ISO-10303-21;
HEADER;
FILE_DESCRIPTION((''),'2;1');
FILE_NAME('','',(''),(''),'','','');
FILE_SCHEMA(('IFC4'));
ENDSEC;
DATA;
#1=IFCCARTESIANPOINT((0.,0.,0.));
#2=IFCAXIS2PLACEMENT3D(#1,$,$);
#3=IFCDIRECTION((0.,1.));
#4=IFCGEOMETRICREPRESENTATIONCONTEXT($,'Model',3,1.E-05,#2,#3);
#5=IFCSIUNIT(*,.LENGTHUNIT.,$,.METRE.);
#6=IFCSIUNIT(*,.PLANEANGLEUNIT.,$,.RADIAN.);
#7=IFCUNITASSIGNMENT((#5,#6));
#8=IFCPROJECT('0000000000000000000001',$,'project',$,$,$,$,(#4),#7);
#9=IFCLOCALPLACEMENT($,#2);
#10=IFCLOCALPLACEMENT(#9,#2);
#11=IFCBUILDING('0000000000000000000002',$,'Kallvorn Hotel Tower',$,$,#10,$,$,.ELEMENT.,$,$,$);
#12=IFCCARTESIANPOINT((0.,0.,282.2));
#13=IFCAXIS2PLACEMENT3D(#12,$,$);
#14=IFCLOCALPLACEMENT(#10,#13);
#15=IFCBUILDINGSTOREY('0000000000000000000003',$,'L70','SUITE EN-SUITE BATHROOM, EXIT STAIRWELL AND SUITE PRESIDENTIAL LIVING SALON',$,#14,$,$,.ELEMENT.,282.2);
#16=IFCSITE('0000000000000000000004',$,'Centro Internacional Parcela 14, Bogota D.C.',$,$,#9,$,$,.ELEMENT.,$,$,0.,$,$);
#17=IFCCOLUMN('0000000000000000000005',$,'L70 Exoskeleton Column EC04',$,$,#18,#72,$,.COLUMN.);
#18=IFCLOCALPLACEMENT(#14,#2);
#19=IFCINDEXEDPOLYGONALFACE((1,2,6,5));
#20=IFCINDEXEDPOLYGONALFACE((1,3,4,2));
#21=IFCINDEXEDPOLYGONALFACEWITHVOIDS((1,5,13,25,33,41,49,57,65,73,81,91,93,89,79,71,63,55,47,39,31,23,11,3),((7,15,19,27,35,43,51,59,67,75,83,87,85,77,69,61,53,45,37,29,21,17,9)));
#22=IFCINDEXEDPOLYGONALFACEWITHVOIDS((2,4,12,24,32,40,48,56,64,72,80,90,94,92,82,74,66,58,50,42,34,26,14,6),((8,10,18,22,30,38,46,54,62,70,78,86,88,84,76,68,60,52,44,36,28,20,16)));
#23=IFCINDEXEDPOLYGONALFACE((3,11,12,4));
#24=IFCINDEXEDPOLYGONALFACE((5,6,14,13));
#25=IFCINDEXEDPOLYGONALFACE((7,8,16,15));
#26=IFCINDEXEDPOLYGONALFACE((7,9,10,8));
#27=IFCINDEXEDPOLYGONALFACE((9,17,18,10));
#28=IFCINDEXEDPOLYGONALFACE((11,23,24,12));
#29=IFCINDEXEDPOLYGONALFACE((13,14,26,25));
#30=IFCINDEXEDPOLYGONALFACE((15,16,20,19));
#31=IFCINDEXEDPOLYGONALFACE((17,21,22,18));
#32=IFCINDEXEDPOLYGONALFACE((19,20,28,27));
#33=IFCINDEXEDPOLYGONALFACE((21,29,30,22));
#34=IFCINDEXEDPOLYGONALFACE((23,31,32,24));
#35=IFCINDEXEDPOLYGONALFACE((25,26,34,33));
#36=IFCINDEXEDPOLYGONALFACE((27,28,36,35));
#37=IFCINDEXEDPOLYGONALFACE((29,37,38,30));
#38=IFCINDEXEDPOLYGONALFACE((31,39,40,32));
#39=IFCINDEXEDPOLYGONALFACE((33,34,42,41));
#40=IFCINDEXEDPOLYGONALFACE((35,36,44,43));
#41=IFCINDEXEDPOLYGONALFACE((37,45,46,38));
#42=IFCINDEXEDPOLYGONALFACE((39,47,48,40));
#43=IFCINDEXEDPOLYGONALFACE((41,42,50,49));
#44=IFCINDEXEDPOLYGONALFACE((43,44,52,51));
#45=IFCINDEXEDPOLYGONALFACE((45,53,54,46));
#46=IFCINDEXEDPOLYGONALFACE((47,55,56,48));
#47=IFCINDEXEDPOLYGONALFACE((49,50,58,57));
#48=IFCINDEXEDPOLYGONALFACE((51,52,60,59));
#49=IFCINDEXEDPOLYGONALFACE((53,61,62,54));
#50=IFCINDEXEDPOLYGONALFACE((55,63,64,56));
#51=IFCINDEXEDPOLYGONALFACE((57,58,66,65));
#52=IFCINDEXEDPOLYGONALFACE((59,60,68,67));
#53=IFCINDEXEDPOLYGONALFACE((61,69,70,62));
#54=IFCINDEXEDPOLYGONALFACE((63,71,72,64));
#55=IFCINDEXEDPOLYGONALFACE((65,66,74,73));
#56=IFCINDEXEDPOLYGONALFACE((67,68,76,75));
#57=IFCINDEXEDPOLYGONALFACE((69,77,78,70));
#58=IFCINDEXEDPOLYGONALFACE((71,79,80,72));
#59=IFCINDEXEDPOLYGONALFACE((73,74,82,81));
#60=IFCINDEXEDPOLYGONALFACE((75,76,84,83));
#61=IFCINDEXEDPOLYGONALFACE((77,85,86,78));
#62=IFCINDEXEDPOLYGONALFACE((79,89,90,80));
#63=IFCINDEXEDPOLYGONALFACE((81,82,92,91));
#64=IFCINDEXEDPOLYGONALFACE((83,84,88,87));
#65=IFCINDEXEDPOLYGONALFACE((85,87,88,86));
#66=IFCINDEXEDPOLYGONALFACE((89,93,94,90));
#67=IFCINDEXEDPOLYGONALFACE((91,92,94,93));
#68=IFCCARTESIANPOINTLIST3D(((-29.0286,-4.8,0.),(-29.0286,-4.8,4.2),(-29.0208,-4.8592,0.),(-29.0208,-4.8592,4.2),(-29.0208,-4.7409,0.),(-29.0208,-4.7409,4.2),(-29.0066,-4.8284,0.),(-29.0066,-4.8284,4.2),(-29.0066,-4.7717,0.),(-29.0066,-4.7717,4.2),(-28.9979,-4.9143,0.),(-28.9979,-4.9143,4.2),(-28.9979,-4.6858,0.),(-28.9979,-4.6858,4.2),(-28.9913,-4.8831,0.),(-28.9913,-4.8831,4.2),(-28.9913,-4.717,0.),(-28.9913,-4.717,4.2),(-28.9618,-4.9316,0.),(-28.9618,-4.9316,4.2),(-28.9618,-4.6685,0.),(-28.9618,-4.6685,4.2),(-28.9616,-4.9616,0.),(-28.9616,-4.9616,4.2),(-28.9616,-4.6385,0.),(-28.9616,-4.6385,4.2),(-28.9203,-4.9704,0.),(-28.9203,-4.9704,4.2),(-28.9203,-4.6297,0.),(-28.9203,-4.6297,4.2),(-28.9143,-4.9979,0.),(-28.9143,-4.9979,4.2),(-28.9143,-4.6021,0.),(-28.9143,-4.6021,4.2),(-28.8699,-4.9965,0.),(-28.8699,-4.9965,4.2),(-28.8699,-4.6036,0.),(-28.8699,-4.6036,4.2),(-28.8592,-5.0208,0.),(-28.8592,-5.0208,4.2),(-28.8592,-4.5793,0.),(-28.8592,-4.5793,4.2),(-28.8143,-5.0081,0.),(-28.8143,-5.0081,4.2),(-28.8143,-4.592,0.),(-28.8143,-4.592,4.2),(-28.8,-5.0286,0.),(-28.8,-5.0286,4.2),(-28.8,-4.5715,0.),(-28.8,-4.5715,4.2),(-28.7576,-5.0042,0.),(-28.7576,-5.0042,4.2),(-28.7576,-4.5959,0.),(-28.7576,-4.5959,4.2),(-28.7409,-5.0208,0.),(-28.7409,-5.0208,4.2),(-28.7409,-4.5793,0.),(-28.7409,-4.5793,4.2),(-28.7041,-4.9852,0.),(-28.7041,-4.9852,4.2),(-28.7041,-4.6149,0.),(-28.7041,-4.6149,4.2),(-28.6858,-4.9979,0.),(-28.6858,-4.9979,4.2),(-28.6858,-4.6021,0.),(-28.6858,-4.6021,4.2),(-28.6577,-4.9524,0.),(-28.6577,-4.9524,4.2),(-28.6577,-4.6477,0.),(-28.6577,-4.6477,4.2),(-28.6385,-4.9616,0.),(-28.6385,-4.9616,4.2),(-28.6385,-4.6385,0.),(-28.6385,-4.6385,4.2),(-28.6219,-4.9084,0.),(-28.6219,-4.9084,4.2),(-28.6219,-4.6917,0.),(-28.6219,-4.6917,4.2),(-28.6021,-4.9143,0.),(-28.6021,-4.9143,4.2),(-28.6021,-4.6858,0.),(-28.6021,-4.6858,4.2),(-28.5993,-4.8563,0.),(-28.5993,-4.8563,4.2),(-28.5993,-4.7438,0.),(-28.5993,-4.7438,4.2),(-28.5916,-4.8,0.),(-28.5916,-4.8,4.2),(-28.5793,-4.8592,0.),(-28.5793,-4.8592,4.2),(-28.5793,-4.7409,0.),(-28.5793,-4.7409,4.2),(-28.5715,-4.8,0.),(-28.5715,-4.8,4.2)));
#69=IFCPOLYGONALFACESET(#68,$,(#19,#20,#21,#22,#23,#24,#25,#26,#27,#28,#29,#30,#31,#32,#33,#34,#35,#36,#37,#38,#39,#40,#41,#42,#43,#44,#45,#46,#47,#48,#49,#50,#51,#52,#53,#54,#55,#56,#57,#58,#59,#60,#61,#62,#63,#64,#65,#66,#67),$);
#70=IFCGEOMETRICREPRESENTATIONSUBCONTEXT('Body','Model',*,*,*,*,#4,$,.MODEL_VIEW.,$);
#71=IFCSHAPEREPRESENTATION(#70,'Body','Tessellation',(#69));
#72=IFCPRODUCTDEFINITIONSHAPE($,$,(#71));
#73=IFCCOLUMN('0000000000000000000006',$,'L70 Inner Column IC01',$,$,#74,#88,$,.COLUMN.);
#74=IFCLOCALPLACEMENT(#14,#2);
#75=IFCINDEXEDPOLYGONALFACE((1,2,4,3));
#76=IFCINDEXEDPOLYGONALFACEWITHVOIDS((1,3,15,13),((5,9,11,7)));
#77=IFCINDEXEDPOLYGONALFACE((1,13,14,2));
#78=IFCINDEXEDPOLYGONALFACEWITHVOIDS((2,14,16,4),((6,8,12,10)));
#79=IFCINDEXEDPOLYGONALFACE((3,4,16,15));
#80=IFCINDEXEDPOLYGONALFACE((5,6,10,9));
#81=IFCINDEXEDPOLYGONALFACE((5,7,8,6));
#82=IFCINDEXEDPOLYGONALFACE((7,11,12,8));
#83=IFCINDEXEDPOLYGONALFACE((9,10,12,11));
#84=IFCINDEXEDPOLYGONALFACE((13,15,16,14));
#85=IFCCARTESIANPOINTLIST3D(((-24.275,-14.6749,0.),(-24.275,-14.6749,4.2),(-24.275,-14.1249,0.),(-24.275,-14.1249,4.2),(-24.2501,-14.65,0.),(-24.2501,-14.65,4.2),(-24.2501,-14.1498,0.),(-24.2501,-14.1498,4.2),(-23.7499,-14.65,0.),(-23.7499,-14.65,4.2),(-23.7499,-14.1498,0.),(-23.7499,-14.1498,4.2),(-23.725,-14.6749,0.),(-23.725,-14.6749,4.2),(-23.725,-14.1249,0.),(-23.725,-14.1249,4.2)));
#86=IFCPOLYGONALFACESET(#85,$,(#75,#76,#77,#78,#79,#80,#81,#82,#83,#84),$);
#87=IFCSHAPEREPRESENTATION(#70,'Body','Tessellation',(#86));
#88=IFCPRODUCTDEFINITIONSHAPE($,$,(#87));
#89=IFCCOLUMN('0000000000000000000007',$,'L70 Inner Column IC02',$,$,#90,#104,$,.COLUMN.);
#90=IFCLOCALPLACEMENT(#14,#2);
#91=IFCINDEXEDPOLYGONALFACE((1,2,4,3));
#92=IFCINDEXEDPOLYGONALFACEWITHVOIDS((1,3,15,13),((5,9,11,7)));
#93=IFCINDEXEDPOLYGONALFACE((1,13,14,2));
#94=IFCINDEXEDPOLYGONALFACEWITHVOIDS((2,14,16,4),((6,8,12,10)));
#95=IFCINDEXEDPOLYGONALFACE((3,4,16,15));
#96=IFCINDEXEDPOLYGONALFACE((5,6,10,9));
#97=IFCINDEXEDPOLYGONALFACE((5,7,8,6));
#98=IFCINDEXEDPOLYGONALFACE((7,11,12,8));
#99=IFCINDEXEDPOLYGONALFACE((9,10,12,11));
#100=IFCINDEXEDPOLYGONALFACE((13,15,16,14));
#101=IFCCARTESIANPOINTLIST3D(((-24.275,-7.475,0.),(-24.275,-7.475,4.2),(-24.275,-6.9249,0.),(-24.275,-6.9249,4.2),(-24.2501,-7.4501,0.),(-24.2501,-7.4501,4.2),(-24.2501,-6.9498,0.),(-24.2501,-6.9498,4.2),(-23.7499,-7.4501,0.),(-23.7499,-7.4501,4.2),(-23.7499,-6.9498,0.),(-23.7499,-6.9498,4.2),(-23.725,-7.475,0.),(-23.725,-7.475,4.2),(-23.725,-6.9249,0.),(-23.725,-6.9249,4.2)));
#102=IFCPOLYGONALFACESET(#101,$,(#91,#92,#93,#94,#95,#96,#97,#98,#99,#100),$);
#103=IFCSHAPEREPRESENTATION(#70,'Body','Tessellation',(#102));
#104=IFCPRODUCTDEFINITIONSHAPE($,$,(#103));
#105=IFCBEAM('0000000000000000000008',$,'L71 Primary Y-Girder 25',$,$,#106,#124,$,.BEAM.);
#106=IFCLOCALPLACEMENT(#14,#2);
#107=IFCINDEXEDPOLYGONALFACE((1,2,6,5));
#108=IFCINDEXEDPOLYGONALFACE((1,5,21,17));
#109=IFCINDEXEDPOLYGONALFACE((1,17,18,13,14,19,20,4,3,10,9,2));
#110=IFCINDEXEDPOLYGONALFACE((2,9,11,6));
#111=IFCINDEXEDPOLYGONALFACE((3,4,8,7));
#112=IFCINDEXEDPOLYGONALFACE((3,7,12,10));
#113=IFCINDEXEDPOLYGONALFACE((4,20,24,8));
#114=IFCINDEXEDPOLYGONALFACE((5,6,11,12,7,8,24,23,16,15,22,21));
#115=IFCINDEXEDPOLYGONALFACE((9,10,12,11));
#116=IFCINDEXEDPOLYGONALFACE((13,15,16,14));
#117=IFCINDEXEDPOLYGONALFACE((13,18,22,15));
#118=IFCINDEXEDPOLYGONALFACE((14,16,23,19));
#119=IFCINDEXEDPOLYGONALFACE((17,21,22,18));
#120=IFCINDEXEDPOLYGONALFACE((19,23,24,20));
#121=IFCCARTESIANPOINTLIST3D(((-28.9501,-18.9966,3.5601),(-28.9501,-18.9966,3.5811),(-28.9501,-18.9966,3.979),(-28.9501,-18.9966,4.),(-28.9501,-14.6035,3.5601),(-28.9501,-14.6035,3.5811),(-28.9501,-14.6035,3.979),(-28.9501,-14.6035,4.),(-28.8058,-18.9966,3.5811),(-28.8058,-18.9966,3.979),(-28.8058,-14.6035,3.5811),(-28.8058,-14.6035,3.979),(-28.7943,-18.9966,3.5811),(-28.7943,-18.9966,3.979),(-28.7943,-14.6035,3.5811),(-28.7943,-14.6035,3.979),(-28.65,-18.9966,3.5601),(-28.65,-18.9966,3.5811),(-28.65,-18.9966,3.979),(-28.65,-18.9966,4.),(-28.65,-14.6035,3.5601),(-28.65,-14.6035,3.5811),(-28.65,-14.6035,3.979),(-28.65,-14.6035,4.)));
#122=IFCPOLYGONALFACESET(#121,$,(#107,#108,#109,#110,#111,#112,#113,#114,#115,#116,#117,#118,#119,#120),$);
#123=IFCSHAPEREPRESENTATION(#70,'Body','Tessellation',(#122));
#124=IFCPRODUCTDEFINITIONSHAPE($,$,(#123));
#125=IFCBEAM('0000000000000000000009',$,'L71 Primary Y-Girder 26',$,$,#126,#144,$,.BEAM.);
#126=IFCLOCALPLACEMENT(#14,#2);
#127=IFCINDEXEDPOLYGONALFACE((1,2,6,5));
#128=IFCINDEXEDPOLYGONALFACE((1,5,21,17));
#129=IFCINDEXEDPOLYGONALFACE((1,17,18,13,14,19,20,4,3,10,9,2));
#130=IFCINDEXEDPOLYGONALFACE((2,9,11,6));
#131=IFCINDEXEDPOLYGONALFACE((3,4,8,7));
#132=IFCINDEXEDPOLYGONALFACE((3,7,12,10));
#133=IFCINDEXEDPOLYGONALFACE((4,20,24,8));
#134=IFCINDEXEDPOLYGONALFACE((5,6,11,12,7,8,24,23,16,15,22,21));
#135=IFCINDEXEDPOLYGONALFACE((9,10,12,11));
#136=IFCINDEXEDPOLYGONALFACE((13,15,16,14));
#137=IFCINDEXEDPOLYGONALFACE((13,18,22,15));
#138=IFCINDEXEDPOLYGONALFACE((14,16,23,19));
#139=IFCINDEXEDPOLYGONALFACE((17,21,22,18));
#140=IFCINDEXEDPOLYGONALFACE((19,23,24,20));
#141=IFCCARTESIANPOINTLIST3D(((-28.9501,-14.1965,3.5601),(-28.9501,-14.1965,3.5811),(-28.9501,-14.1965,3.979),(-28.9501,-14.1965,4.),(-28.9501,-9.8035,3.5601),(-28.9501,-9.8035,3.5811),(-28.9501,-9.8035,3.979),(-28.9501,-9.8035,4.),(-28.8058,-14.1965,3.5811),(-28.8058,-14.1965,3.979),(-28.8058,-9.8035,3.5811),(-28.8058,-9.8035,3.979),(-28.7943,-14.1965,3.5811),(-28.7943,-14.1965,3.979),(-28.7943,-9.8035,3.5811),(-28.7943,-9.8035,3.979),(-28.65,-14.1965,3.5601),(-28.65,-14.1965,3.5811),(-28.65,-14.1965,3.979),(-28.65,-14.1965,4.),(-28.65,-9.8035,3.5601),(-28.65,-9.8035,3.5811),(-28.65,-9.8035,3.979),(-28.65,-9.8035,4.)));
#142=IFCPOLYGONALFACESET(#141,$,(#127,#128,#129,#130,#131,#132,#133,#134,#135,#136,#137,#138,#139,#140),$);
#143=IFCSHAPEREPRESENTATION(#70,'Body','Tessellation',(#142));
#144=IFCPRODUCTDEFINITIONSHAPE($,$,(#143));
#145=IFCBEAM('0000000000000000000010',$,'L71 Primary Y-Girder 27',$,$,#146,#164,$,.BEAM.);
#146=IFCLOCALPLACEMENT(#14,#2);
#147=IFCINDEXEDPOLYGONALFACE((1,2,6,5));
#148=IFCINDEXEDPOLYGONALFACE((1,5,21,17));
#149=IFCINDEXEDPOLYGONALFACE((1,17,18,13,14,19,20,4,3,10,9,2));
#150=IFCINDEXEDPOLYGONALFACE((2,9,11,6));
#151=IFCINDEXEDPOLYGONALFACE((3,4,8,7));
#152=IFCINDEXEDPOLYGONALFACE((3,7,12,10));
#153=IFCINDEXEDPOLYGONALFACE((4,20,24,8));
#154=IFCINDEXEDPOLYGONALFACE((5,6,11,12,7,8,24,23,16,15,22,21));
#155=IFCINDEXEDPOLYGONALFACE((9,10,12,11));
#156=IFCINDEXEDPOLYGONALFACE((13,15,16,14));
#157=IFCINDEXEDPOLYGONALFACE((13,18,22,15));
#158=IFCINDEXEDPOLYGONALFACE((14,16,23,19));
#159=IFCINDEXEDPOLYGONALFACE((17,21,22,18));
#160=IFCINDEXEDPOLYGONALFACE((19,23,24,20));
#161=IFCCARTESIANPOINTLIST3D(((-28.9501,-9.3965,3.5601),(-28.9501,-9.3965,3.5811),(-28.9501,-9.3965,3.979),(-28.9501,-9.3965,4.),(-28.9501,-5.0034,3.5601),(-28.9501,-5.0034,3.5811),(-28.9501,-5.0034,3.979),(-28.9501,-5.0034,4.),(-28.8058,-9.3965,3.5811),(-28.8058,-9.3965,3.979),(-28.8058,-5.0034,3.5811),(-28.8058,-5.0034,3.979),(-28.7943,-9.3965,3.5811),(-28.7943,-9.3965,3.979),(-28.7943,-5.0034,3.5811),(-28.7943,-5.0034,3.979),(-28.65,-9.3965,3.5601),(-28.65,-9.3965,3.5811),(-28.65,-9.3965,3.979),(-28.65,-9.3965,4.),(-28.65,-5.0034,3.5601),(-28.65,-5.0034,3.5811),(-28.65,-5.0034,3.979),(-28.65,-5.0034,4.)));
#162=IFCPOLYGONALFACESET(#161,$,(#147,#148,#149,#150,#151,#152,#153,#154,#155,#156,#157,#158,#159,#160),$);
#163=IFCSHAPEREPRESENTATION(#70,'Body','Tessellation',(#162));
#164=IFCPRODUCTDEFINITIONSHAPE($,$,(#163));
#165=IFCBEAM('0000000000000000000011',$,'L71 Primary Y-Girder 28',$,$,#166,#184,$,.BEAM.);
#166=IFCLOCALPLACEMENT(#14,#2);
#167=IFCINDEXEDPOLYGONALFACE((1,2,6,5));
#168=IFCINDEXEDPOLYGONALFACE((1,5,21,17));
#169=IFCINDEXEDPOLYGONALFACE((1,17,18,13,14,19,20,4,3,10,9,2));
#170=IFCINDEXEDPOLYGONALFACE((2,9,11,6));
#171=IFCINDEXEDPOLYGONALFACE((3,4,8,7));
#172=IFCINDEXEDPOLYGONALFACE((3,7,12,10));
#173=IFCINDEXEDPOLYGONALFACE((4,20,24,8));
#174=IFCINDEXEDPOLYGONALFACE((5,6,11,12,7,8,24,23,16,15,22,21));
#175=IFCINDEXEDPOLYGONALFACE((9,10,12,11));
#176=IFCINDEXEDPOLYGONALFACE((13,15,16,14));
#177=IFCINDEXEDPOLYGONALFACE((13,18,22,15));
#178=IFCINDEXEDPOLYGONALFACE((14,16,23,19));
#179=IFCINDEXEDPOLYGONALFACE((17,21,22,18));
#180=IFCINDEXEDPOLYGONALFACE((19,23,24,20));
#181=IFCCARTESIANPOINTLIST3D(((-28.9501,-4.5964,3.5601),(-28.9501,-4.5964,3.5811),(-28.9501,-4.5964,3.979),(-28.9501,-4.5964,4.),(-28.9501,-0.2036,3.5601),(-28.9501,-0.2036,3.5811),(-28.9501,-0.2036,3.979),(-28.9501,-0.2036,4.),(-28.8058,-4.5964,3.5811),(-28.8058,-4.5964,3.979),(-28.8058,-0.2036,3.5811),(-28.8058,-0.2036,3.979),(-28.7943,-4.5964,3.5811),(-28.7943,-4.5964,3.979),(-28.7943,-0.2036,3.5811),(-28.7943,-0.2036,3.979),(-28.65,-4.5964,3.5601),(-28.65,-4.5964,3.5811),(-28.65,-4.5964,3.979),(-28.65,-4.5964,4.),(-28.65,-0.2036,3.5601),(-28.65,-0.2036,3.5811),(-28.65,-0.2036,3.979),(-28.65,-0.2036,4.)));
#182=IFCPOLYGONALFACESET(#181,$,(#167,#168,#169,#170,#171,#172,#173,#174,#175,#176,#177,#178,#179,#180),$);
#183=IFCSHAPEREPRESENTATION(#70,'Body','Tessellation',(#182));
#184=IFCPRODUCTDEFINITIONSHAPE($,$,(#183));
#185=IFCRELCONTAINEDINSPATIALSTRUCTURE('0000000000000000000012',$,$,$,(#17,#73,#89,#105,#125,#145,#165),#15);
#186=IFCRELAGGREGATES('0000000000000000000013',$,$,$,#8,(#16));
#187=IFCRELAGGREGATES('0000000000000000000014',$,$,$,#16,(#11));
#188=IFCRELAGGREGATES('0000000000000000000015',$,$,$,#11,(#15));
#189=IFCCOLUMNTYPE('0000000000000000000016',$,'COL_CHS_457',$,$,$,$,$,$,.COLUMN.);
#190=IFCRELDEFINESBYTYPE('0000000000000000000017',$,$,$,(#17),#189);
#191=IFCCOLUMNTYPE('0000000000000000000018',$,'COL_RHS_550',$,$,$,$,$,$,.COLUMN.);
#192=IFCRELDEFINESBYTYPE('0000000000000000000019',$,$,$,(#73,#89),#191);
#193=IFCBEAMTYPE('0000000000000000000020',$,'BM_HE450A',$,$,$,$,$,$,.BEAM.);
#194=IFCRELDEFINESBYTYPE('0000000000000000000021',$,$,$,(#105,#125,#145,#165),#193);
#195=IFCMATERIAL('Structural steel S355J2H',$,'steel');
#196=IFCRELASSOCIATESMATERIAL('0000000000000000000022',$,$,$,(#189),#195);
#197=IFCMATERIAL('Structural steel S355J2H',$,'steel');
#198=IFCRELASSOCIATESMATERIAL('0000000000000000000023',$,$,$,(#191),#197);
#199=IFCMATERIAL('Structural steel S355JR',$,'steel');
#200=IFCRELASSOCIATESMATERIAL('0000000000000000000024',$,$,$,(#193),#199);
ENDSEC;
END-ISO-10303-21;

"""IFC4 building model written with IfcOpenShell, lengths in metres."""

from ifc_helpers import new_model, si_unit, direction, frame, origin, origin_2d, place, context, subcontext, project, spatial, hollow_rectangle, hollow_circle, i_section, extrude, material, material_profile, profile_set, type_object, element, save


model = new_model("IFC4")

# Units and contexts
model_context = context("Model", 3, precision=1e-05, world=origin(), true_north=direction((0.0, 1.0)))
body_context = subcontext(model_context, "Body", "Model", "MODEL_VIEW")
ifc_project = project(units=[si_unit("LENGTHUNIT", "METRE"), si_unit("PLANEANGLEUNIT", "RADIAN")], contexts=[model_context])

# Site, building, storey
site_placement = place(None, origin())
site = spatial("IfcSite", under=ifc_project, at=site_placement, Name="Centro Internacional Parcela 14, Bogota D.C.", CompositionType="ELEMENT", RefElevation=0.0)
building_placement = place(site_placement, origin())
building = spatial("IfcBuilding", under=site, at=building_placement, Name="Kallvorn Hotel Tower", CompositionType="ELEMENT")
storey_placement = place(building_placement, frame((0.0, 0.0, 282.2)))
storey = spatial("IfcBuildingStorey", under=building, at=storey_placement, Name="L70", Description="SUITE EN-SUITE BATHROOM, EXIT STAIRWELL AND SUITE PRESIDENTIAL LIVING SALON", CompositionType="ELEMENT", Elevation=282.2)

# Columns
ifc_material_1 = material(Name="Structural steel S355J2H", Category="steel")
ifc_material_profile_1 = material_profile(ifc_material_1, hollow_circle(Radius=0.2285, WallThickness=0.02, at=origin_2d()), Name="CHS 457x20")
ifc_profile_set_1 = profile_set([ifc_material_profile_1], Name="Structural steel S355J2H")
column_type_1 = type_object("IfcColumnType", Name="COL_CHS_457", PredefinedType="COLUMN", material=ifc_profile_set_1)
for number, where, z_axis, x_axis, name in (
    (1, (-28.8, -4.8, 0.0), (0.0, 0.0, 1.0), (1.0, 0.0, 0.0), "L70 Exoskeleton Column EC04"),
):
    element("IfcColumn", number, at=place(storey_placement, frame(where, z_axis=z_axis, x_axis=x_axis)), inside=storey, type_object=column_type_1, Name=name, PredefinedType="COLUMN", context=body_context, shape_type="SweptSolid", body=[
        extrude(hollow_circle(Radius=0.2285, WallThickness=0.02, at=origin_2d()), origin(), (0.0, 0.0, 1.0), 4.2),
    ])
ifc_material_2 = material(Name="Structural steel S355J2H", Category="steel")
ifc_material_profile_2 = material_profile(ifc_material_2, hollow_rectangle(XDim=0.55, YDim=0.55, WallThickness=0.0249, at=origin_2d()), Name="RHS 550x550x25")
ifc_profile_set_2 = profile_set([ifc_material_profile_2], Name="Structural steel S355J2H")
column_type_2 = type_object("IfcColumnType", Name="COL_RHS_550", PredefinedType="COLUMN", material=ifc_profile_set_2)
for number, where, z_axis, x_axis, name in (
    (2, (-24.0, -14.3999, 0.0), (0.0, 0.0, 1.0), (1.0, 0.0, 0.0), "L70 Inner Column IC01"),
    (3, (-24.0, -7.2, 0.0), (0.0, 0.0, 1.0), (1.0, 0.0, 0.0), "L70 Inner Column IC02"),
):
    element("IfcColumn", number, at=place(storey_placement, frame(where, z_axis=z_axis, x_axis=x_axis)), inside=storey, type_object=column_type_2, Name=name, PredefinedType="COLUMN", context=body_context, shape_type="SweptSolid", body=[
        extrude(hollow_rectangle(XDim=0.55, YDim=0.55, WallThickness=0.0249, at=origin_2d()), origin(), (0.0, 0.0, 1.0), 4.2),
    ])

# Beams
ifc_material_3 = material(Name="Structural steel S355JR", Category="steel")
ifc_material_profile_3 = material_profile(ifc_material_3, i_section(OverallWidth=0.3, OverallDepth=0.4399, WebThickness=0.0115, FlangeThickness=0.021, at=origin_2d()), Name="HE 450 A")
ifc_profile_set_3 = profile_set([ifc_material_profile_3], Name="Structural steel S355JR")
beam_type_1 = type_object("IfcBeamType", Name="BM_HE450A", PredefinedType="BEAM", material=ifc_profile_set_3)
for number, where, z_axis, x_axis, name in (
    (4, (-28.8, -18.9966, 3.78), (0.0, 1.0, 0.0), (-1.0, 0.0, 0.0), "L71 Primary Y-Girder 25"),
    (5, (-28.8, -14.1965, 3.78), (0.0, 1.0, 0.0), (-1.0, 0.0, 0.0), "L71 Primary Y-Girder 26"),
    (6, (-28.8, -9.3965, 3.78), (0.0, 1.0, 0.0), (-1.0, 0.0, 0.0), "L71 Primary Y-Girder 27"),
):
    element("IfcBeam", number, at=place(storey_placement, frame(where, z_axis=z_axis, x_axis=x_axis)), inside=storey, type_object=beam_type_1, Name=name, PredefinedType="BEAM", context=body_context, shape_type="SweptSolid", body=[
        extrude(i_section(OverallWidth=0.3, OverallDepth=0.4399, WebThickness=0.0115, FlangeThickness=0.021, at=origin_2d()), origin(), (0.0, 0.0, 1.0), 4.3931),
    ])
beam_1_placement = place(storey_placement, frame((-28.8, -4.5964, 3.78), z_axis=(0.0, 1.0, 0.0), x_axis=(-1.0, 0.0, 0.0)))
element("IfcBeam", 7, at=beam_1_placement, inside=storey, type_object=beam_type_1, Name="L71 Primary Y-Girder 28", PredefinedType="BEAM", context=body_context, shape_type="SweptSolid", body=[
    extrude(i_section(OverallWidth=0.3, OverallDepth=0.4399, WebThickness=0.0115, FlangeThickness=0.021, at=origin_2d()), origin(), (0.0, 0.0, 1.0), 4.3928),
])

save(model, "model.ifc")
